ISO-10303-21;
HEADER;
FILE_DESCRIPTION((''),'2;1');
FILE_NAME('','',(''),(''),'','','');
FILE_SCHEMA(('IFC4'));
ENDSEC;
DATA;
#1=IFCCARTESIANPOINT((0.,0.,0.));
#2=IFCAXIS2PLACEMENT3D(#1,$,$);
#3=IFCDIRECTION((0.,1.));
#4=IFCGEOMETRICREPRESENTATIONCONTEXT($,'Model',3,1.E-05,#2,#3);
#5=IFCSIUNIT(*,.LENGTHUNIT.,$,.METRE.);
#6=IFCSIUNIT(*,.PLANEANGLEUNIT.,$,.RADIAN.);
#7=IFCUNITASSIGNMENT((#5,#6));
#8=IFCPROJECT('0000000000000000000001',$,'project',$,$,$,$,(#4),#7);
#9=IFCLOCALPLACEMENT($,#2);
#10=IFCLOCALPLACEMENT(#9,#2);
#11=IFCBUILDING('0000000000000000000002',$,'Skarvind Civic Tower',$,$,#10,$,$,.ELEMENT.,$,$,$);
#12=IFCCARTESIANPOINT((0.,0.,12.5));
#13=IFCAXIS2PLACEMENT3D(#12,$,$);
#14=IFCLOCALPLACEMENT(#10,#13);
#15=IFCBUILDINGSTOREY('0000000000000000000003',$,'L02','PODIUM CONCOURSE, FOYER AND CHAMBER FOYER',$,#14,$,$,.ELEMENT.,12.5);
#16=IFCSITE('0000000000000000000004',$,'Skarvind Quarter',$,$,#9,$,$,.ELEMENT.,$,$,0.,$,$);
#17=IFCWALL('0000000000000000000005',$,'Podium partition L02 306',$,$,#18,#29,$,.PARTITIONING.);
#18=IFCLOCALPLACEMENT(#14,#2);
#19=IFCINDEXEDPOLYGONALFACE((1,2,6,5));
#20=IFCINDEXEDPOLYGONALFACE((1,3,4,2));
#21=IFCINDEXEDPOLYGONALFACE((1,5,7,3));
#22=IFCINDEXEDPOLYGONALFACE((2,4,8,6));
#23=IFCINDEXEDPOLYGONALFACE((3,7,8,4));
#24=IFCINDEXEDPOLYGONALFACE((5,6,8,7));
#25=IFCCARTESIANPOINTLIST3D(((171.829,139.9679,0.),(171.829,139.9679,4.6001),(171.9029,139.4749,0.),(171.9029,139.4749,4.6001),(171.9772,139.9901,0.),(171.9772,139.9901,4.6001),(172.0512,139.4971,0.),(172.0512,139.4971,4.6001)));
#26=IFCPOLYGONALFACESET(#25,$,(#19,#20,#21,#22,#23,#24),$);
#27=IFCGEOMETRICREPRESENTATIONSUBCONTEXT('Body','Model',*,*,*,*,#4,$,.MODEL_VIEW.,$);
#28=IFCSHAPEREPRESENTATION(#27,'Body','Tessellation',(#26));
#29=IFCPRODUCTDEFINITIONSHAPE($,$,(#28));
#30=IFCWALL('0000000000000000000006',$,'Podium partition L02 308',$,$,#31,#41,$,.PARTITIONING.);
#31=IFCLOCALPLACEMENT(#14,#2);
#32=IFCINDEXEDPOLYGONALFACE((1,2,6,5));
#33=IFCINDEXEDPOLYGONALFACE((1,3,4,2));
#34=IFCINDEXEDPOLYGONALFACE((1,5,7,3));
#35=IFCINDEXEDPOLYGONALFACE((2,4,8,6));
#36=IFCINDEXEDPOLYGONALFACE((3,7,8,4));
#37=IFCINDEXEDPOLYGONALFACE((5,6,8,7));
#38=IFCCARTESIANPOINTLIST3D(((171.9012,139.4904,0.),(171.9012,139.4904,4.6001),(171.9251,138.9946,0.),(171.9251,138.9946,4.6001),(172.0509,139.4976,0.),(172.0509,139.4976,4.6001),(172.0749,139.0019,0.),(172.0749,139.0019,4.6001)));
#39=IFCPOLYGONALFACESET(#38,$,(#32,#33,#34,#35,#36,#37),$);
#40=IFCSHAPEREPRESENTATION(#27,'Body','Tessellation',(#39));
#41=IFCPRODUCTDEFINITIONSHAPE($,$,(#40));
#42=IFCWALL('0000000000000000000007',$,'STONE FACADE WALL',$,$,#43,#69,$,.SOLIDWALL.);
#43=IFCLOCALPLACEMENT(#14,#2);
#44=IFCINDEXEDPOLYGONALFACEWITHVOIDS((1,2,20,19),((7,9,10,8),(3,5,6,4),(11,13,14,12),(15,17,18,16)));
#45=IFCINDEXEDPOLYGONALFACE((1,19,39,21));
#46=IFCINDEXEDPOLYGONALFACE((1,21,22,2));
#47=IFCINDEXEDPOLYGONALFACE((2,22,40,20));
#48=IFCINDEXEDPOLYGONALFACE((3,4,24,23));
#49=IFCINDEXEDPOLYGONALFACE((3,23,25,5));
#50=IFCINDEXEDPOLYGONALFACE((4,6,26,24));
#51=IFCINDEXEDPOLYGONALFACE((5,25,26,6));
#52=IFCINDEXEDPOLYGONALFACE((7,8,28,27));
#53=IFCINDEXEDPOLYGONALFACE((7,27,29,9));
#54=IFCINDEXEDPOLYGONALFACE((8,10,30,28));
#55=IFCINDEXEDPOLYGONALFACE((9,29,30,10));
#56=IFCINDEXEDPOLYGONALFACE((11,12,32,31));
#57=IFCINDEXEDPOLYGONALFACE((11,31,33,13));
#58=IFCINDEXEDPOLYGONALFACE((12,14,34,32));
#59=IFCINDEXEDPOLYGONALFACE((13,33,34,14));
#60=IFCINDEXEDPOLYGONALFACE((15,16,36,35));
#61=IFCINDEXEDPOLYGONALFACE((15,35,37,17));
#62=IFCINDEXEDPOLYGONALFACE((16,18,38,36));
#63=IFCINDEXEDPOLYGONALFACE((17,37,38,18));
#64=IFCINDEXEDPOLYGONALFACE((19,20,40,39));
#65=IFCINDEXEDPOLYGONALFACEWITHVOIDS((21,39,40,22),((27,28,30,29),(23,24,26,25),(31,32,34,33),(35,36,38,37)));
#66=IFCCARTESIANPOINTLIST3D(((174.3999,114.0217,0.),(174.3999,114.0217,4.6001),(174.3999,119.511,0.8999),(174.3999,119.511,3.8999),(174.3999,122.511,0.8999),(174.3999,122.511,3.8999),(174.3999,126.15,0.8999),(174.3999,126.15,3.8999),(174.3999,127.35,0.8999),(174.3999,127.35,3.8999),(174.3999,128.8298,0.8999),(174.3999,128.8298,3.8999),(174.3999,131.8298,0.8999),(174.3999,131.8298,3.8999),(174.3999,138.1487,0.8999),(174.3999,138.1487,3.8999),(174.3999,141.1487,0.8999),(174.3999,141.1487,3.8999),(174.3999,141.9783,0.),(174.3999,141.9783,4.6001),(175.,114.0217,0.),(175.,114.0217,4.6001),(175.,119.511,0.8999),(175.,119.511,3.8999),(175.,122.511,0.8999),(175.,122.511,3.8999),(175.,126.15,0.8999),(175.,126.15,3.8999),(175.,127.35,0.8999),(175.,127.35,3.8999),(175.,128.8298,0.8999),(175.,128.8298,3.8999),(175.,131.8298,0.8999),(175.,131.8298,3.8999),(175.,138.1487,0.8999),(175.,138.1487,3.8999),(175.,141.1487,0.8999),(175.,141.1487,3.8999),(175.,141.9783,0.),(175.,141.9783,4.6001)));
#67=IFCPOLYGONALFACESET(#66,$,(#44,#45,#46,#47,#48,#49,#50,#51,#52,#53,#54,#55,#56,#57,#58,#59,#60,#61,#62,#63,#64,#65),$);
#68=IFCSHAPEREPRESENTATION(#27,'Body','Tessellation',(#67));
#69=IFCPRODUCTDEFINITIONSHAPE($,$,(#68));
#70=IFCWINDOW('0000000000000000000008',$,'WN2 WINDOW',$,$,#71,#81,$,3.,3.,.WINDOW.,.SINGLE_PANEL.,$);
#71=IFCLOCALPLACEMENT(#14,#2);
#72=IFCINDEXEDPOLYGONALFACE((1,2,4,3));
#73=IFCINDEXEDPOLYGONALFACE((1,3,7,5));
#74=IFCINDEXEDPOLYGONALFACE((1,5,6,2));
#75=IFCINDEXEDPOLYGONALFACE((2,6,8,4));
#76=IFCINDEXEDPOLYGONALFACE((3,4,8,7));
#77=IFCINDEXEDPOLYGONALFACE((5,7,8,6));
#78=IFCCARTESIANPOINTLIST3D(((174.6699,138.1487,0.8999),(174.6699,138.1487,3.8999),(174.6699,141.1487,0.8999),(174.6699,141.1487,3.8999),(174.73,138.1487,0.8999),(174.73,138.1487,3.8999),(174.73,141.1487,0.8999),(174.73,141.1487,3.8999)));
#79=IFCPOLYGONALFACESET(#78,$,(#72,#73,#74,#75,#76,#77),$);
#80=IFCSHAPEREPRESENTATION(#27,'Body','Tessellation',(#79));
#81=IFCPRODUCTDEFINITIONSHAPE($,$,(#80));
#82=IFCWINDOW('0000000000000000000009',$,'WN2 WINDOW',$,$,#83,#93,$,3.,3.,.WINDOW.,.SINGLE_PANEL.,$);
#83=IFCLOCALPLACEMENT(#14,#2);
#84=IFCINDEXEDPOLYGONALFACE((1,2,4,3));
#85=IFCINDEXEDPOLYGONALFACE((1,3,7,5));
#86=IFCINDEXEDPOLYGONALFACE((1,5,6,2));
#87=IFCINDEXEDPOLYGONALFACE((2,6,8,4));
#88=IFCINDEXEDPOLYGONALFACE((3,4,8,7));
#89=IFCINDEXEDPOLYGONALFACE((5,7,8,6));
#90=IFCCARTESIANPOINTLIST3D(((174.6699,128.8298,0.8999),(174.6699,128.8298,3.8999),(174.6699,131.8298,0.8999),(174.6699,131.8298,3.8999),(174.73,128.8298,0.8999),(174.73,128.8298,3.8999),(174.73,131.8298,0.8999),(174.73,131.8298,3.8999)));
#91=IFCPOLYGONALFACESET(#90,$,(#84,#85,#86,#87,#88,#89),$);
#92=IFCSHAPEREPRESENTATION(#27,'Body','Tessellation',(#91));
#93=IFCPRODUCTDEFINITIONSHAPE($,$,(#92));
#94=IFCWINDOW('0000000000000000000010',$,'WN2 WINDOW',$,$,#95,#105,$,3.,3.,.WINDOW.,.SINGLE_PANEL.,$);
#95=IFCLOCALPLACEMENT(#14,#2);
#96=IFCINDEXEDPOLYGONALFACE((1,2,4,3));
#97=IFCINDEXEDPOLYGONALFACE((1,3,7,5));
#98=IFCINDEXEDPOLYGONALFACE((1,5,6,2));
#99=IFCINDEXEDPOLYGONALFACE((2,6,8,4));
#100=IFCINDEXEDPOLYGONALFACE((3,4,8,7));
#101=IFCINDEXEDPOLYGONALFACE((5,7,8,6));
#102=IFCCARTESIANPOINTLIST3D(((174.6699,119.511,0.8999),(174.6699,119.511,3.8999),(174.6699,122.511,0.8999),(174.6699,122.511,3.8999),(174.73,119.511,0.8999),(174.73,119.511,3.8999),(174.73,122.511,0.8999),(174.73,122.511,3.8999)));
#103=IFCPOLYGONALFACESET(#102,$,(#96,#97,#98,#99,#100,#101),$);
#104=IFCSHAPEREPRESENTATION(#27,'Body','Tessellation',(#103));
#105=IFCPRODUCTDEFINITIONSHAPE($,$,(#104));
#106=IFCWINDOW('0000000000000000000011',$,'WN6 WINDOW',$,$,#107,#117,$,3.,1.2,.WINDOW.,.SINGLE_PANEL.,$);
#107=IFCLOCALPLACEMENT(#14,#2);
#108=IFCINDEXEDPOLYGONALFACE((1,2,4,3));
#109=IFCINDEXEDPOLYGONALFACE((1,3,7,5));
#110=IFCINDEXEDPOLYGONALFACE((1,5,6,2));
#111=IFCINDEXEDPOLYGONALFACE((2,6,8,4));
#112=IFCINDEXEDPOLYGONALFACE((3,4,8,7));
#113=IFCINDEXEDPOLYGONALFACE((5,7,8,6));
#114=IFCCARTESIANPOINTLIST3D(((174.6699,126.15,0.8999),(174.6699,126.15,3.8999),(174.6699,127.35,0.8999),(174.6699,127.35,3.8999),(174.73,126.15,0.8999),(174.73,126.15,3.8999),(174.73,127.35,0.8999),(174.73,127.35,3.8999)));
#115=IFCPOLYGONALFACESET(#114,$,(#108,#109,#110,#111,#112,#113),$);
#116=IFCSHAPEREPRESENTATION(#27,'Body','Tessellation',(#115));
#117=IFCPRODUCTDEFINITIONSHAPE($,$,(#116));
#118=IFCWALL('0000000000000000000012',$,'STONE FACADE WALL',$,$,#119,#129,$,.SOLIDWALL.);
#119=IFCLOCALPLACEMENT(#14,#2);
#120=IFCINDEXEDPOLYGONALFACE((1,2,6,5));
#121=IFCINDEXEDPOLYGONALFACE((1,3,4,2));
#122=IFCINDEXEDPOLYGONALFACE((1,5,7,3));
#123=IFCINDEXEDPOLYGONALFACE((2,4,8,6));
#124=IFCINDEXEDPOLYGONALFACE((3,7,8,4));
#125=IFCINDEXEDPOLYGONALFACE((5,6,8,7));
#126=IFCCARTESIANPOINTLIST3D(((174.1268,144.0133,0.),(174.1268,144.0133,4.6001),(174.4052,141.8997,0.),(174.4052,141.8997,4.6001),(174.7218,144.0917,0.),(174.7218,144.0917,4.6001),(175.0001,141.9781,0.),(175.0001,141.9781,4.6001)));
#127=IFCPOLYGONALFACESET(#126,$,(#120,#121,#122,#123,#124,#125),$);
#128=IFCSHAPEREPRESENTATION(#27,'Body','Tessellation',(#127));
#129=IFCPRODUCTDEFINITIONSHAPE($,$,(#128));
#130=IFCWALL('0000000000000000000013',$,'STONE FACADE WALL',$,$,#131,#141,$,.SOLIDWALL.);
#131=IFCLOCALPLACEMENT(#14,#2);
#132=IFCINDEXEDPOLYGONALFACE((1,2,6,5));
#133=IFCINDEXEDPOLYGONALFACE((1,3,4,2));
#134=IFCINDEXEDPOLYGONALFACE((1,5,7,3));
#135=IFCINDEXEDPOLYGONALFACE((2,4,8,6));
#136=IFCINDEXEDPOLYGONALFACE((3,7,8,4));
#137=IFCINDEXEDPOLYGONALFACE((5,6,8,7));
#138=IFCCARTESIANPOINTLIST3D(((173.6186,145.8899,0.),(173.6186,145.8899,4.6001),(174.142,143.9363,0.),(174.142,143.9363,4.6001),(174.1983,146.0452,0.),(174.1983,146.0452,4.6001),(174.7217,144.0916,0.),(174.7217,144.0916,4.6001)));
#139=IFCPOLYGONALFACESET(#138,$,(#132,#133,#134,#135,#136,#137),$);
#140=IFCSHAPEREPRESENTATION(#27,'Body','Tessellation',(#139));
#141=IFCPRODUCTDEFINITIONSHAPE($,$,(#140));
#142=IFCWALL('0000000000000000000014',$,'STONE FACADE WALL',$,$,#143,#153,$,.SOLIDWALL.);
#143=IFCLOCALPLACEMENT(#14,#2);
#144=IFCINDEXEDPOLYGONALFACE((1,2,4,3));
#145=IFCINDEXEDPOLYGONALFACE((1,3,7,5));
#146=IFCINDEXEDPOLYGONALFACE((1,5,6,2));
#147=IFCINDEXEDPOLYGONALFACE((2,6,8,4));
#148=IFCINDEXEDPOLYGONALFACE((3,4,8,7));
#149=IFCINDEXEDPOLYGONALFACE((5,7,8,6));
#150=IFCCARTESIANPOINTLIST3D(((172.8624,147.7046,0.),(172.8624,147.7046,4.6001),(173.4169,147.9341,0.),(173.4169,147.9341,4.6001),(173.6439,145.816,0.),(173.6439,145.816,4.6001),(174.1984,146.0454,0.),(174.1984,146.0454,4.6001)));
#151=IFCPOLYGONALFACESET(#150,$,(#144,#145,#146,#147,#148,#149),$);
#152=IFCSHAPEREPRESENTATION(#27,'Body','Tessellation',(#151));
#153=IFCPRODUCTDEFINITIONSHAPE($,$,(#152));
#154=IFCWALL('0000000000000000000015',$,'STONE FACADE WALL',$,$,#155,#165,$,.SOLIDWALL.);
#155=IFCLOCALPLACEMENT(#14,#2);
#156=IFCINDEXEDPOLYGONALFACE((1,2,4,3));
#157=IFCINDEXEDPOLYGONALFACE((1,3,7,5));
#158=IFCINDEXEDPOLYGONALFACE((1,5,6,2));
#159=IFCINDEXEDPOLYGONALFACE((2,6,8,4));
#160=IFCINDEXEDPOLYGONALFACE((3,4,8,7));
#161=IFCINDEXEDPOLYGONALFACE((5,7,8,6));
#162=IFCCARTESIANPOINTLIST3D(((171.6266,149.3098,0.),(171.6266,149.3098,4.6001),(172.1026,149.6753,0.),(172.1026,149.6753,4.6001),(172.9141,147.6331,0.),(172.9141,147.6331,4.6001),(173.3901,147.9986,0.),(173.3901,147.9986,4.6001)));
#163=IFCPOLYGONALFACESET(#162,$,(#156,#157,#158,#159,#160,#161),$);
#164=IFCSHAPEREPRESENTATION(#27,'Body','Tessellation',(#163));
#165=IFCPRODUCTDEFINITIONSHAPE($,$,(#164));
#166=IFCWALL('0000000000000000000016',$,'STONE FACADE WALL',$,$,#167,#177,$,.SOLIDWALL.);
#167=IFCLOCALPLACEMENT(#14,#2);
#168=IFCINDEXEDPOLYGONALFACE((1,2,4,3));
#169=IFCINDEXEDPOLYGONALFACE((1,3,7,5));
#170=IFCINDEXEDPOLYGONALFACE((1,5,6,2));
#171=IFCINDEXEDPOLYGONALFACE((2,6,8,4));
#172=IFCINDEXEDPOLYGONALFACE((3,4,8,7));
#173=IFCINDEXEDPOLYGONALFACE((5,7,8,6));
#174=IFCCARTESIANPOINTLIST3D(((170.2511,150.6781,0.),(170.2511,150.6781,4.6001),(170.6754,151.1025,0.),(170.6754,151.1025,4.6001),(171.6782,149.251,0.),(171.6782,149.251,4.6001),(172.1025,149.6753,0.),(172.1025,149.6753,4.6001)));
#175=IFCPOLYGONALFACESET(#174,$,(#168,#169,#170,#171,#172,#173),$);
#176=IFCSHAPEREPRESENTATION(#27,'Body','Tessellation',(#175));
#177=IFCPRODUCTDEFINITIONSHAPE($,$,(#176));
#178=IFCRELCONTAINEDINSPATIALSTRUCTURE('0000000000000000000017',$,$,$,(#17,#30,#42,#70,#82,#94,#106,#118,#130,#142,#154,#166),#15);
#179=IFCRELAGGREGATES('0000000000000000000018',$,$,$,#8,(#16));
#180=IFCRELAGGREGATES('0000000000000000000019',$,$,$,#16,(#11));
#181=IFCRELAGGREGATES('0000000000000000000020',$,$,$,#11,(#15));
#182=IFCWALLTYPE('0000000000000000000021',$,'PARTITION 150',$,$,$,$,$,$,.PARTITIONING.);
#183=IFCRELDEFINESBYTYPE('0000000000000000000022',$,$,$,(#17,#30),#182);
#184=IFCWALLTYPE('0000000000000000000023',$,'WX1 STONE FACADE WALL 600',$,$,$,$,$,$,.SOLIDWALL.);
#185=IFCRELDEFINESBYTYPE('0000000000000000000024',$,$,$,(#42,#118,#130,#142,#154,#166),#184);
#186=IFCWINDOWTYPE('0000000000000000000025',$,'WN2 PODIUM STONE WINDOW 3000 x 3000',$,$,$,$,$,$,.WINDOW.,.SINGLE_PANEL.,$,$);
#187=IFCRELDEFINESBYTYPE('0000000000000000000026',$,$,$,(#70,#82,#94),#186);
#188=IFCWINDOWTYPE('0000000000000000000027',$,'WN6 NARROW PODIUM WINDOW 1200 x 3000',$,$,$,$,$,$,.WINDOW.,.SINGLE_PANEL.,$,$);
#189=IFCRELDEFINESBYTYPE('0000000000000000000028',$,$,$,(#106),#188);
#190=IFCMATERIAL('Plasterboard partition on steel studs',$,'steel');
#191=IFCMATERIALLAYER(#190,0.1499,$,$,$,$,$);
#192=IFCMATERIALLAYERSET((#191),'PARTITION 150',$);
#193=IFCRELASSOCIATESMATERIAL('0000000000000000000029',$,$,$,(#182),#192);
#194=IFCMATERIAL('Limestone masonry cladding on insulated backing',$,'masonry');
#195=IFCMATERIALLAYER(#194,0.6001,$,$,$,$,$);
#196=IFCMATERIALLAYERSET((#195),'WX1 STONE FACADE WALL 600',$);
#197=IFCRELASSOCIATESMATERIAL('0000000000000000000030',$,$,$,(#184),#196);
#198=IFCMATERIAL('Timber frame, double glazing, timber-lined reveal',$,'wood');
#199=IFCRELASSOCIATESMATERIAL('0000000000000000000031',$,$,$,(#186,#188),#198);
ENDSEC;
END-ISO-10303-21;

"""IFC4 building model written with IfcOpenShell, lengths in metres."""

from ifc_helpers import new_model, si_unit, direction, frame, frame_2d, origin, place, context, subcontext, project, spatial, rectangle, extrude, material, layer, layer_set, type_object, element, fill, save


model = new_model("IFC4")

# Units and contexts
model_context = context("Model", 3, precision=1e-05, world=origin(), true_north=direction((0.0, 1.0)))
body_context = subcontext(model_context, "Body", "Model", "MODEL_VIEW")
ifc_project = project(units=[si_unit("LENGTHUNIT", "METRE"), si_unit("PLANEANGLEUNIT", "RADIAN")], contexts=[model_context])

# Site, building, storey
site_placement = place(None, origin())
site = spatial("IfcSite", under=ifc_project, at=site_placement, Name="Skarvind Quarter", CompositionType="ELEMENT", RefElevation=0.0)
building_placement = place(site_placement, origin())
building = spatial("IfcBuilding", under=site, at=building_placement, Name="Skarvind Civic Tower", CompositionType="ELEMENT")
storey_placement = place(building_placement, frame((0.0, 0.0, 12.5)))
storey = spatial("IfcBuildingStorey", under=building, at=storey_placement, Name="L02", Description="PODIUM CONCOURSE, FOYER AND CHAMBER FOYER", CompositionType="ELEMENT", Elevation=12.5)

# Walls
ifc_material_1 = material(Name="Plasterboard partition on steel studs", Category="steel")
ifc_layer_1 = layer(ifc_material_1, 0.1499)
ifc_layer_set_1 = layer_set([ifc_layer_1], Name="PARTITION 150")
wall_type_1 = type_object("IfcWallType", Name="PARTITION 150", PredefinedType="PARTITIONING", material=ifc_layer_set_1)
wall_1_placement = place(storey_placement, frame((171.9031, 139.979, 0.0), z_axis=(0.0, 0.0, 1.0), x_axis=(0.148412, -0.988926, 0.0)))
element("IfcWall", 1, at=wall_1_placement, inside=storey, type_object=wall_type_1, Name="Podium partition L02 306", PredefinedType="PARTITIONING", context=body_context, shape_type="SweptSolid", body=[
    extrude(rectangle(XDim=0.4985, YDim=0.1499, at=frame_2d((0.2493, 0.0))), origin(), (0.0, 0.0, 1.0), 4.6001),
])
wall_2_placement = place(storey_placement, frame((171.9761, 139.4939, 0.0), z_axis=(0.0, 0.0, 1.0), x_axis=(0.048196, -0.998838, 0.0)))
element("IfcWall", 2, at=wall_2_placement, inside=storey, type_object=wall_type_1, Name="Podium partition L02 308", PredefinedType="PARTITIONING", context=body_context, shape_type="SweptSolid", body=[
    extrude(rectangle(XDim=0.4963, YDim=0.1499, at=frame_2d((0.248, 0.0))), origin(), (0.0, 0.0, 1.0), 4.6001),
])

# Wall, openings, windows
ifc_material_2 = material(Name="Limestone masonry cladding on insulated backing", Category="masonry")
ifc_layer_2 = layer(ifc_material_2, 0.6001)
ifc_layer_set_2 = layer_set([ifc_layer_2], Name="WX1 STONE FACADE WALL 600")
wall_type_2 = type_object("IfcWallType", Name="WX1 STONE FACADE WALL 600", PredefinedType="SOLIDWALL", material=ifc_layer_set_2)
wall_3_placement = place(storey_placement, frame((174.7, 141.9783, 0.0), z_axis=(0.0, 0.0, 1.0), x_axis=(0.0, -1.0, 0.0)))
wall_3 = element("IfcWall", 3, at=wall_3_placement, inside=storey, type_object=wall_type_2, Name="STONE FACADE WALL", PredefinedType="SOLIDWALL", context=body_context, shape_type="SweptSolid", body=[
    extrude(rectangle(XDim=27.9565, YDim=0.6001, at=frame_2d((13.9783, 0.0))), origin(), (0.0, 0.0, 1.0), 4.6001),
])
opening_1_placement = place(wall_3_placement, frame((0.8296, 0.0, 0.8999)))
opening_1 = element("IfcOpeningElement", 4, at=opening_1_placement, cuts=wall_3, PredefinedType="OPENING", context=body_context, shape_type="SweptSolid", body=[
    extrude(rectangle(XDim=3.0, YDim=3.0, at=frame_2d((1.5, 1.5))), frame((0.0, 0.3101, 0.0), z_axis=(0.0, -1.0, 0.0), x_axis=(1.0, 0.0, 0.0)), (0.0, 0.0, 1.0), 0.6201),
])
opening_2_placement = place(wall_3_placement, frame((10.1484, 0.0, 0.8999)))
opening_2 = element("IfcOpeningElement", 5, at=opening_2_placement, cuts=wall_3, PredefinedType="OPENING", context=body_context, shape_type="SweptSolid", body=[
    extrude(rectangle(XDim=3.0, YDim=3.0, at=frame_2d((1.5, 1.5))), frame((0.0, 0.3101, 0.0), z_axis=(0.0, -1.0, 0.0), x_axis=(1.0, 0.0, 0.0)), (0.0, 0.0, 1.0), 0.6201),
])
opening_3_placement = place(wall_3_placement, frame((14.6282, 0.0, 0.8999)))
opening_3 = element("IfcOpeningElement", 6, at=opening_3_placement, cuts=wall_3, PredefinedType="OPENING", context=body_context, shape_type="SweptSolid", body=[
    extrude(rectangle(XDim=1.2, YDim=3.0, at=frame_2d((0.6001, 1.5))), frame((0.0, 0.3101, 0.0), z_axis=(0.0, -1.0, 0.0), x_axis=(1.0, 0.0, 0.0)), (0.0, 0.0, 1.0), 0.6201),
])
opening_4_placement = place(wall_3_placement, frame((19.4673, 0.0, 0.8999)))
opening_4 = element("IfcOpeningElement", 7, at=opening_4_placement, cuts=wall_3, PredefinedType="OPENING", context=body_context, shape_type="SweptSolid", body=[
    extrude(rectangle(XDim=3.0, YDim=3.0, at=frame_2d((1.5, 1.5))), frame((0.0, 0.3101, 0.0), z_axis=(0.0, -1.0, 0.0), x_axis=(1.0, 0.0, 0.0)), (0.0, 0.0, 1.0), 0.6201),
])
ifc_material_3 = material(Name="Timber frame, double glazing, timber-lined reveal", Category="wood")
window_type_1 = type_object("IfcWindowType", Name="WN2 PODIUM STONE WINDOW 3000 x 3000", PartitioningType="SINGLE_PANEL", PredefinedType="WINDOW", material=ifc_material_3)
window_1_placement = place(opening_1_placement, origin())
window_1 = element("IfcWindow", 8, at=window_1_placement, inside=storey, type_object=window_type_1, Name="WN2 WINDOW", OverallHeight=3.0, OverallWidth=3.0, PartitioningType="SINGLE_PANEL", PredefinedType="WINDOW", context=body_context, shape_type="SweptSolid", body=[
    extrude(rectangle(XDim=3.0, YDim=3.0, at=frame_2d((1.5, 1.5))), frame((0.0, 0.03, 0.0), z_axis=(0.0, -1.0, 0.0), x_axis=(1.0, 0.0, 0.0)), (0.0, 0.0, 1.0), 0.0601),
])
fill(opening_1, window_1)
window_2_placement = place(opening_2_placement, origin())
window_2 = element("IfcWindow", 9, at=window_2_placement, inside=storey, type_object=window_type_1, Name="WN2 WINDOW", OverallHeight=3.0, OverallWidth=3.0, PartitioningType="SINGLE_PANEL", PredefinedType="WINDOW", context=body_context, shape_type="SweptSolid", body=[
    extrude(rectangle(XDim=3.0, YDim=3.0, at=frame_2d((1.5, 1.5))), frame((0.0, 0.03, 0.0), z_axis=(0.0, -1.0, 0.0), x_axis=(1.0, 0.0, 0.0)), (0.0, 0.0, 1.0), 0.0601),
])
fill(opening_2, window_2)
window_3_placement = place(opening_4_placement, origin())
window_3 = element("IfcWindow", 10, at=window_3_placement, inside=storey, type_object=window_type_1, Name="WN2 WINDOW", OverallHeight=3.0, OverallWidth=3.0, PartitioningType="SINGLE_PANEL", PredefinedType="WINDOW", context=body_context, shape_type="SweptSolid", body=[
    extrude(rectangle(XDim=3.0, YDim=3.0, at=frame_2d((1.5, 1.5))), frame((0.0, 0.03, 0.0), z_axis=(0.0, -1.0, 0.0), x_axis=(1.0, 0.0, 0.0)), (0.0, 0.0, 1.0), 0.0601),
])
fill(opening_4, window_3)
window_type_2 = type_object("IfcWindowType", Name="WN6 NARROW PODIUM WINDOW 1200 x 3000", PartitioningType="SINGLE_PANEL", PredefinedType="WINDOW", material=ifc_material_3)
window_4_placement = place(opening_3_placement, origin())
window_4 = element("IfcWindow", 11, at=window_4_placement, inside=storey, type_object=window_type_2, Name="WN6 WINDOW", OverallHeight=3.0, OverallWidth=1.2, PartitioningType="SINGLE_PANEL", PredefinedType="WINDOW", context=body_context, shape_type="SweptSolid", body=[
    extrude(rectangle(XDim=1.2, YDim=3.0, at=frame_2d((0.6001, 1.5))), frame((0.0, 0.03, 0.0), z_axis=(0.0, -1.0, 0.0), x_axis=(1.0, 0.0, 0.0)), (0.0, 0.0, 1.0), 0.0601),
])
fill(opening_3, window_4)

# Walls
wall_4_placement = place(storey_placement, frame((174.4243, 144.0525, 0.0), z_axis=(0.0, 0.0, 1.0), x_axis=(0.130558, -0.991441, 0.0)))
element("IfcWall", 12, at=wall_4_placement, inside=storey, type_object=wall_type_2, Name="STONE FACADE WALL", PredefinedType="SOLIDWALL", context=body_context, shape_type="SweptSolid", body=[
    extrude(rectangle(XDim=2.1318, YDim=0.6001, at=frame_2d((1.0659, 0.0))), origin(), (0.0, 0.0, 1.0), 4.6001),
])
wall_5_placement = place(storey_placement, frame((173.9084, 145.9675, 0.0), z_axis=(0.0, 0.0, 1.0), x_axis=(0.258804, -0.96593, 0.0)))
element("IfcWall", 13, at=wall_5_placement, inside=storey, type_object=wall_type_2, Name="STONE FACADE WALL", PredefinedType="SOLIDWALL", context=body_context, shape_type="SweptSolid", body=[
    extrude(rectangle(XDim=2.0225, YDim=0.6001, at=frame_2d((1.0112, 0.0))), origin(), (0.0, 0.0, 1.0), 4.6001),
])
wall_6_placement = place(storey_placement, frame((173.1396, 147.8193, 0.0), z_axis=(0.0, 0.0, 1.0), x_axis=(0.382341, -0.924021, 0.0)))
element("IfcWall", 14, at=wall_6_placement, inside=storey, type_object=wall_type_2, Name="STONE FACADE WALL", PredefinedType="SOLIDWALL", context=body_context, shape_type="SweptSolid", body=[
    extrude(rectangle(XDim=2.0439, YDim=0.6001, at=frame_2d((1.022, 0.0))), origin(), (0.0, 0.0, 1.0), 4.6001),
])
wall_7_placement = place(storey_placement, frame((171.8645, 149.4927, 0.0), z_axis=(0.0, 0.0, 1.0), x_axis=(0.609052, -0.79313, 0.0)))
element("IfcWall", 15, at=wall_7_placement, inside=storey, type_object=wall_type_2, Name="STONE FACADE WALL", PredefinedType="SOLIDWALL", context=body_context, shape_type="SweptSolid", body=[
    extrude(rectangle(XDim=2.114, YDim=0.6001, at=frame_2d((1.0571, 0.0))), origin(), (0.0, 0.0, 1.0), 4.6001),
])
wall_8_placement = place(storey_placement, frame((170.4631, 150.8904, 0.0), z_axis=(0.0, 0.0, 1.0), x_axis=(0.707107, -0.707107, 0.0)))
element("IfcWall", 16, at=wall_8_placement, inside=storey, type_object=wall_type_2, Name="STONE FACADE WALL", PredefinedType="SOLIDWALL", context=body_context, shape_type="SweptSolid", body=[
    extrude(rectangle(XDim=2.0183, YDim=0.6001, at=frame_2d((1.0093, 0.0))), origin(), (0.0, 0.0, 1.0), 4.6001),
])

save(model, "model.ifc")
